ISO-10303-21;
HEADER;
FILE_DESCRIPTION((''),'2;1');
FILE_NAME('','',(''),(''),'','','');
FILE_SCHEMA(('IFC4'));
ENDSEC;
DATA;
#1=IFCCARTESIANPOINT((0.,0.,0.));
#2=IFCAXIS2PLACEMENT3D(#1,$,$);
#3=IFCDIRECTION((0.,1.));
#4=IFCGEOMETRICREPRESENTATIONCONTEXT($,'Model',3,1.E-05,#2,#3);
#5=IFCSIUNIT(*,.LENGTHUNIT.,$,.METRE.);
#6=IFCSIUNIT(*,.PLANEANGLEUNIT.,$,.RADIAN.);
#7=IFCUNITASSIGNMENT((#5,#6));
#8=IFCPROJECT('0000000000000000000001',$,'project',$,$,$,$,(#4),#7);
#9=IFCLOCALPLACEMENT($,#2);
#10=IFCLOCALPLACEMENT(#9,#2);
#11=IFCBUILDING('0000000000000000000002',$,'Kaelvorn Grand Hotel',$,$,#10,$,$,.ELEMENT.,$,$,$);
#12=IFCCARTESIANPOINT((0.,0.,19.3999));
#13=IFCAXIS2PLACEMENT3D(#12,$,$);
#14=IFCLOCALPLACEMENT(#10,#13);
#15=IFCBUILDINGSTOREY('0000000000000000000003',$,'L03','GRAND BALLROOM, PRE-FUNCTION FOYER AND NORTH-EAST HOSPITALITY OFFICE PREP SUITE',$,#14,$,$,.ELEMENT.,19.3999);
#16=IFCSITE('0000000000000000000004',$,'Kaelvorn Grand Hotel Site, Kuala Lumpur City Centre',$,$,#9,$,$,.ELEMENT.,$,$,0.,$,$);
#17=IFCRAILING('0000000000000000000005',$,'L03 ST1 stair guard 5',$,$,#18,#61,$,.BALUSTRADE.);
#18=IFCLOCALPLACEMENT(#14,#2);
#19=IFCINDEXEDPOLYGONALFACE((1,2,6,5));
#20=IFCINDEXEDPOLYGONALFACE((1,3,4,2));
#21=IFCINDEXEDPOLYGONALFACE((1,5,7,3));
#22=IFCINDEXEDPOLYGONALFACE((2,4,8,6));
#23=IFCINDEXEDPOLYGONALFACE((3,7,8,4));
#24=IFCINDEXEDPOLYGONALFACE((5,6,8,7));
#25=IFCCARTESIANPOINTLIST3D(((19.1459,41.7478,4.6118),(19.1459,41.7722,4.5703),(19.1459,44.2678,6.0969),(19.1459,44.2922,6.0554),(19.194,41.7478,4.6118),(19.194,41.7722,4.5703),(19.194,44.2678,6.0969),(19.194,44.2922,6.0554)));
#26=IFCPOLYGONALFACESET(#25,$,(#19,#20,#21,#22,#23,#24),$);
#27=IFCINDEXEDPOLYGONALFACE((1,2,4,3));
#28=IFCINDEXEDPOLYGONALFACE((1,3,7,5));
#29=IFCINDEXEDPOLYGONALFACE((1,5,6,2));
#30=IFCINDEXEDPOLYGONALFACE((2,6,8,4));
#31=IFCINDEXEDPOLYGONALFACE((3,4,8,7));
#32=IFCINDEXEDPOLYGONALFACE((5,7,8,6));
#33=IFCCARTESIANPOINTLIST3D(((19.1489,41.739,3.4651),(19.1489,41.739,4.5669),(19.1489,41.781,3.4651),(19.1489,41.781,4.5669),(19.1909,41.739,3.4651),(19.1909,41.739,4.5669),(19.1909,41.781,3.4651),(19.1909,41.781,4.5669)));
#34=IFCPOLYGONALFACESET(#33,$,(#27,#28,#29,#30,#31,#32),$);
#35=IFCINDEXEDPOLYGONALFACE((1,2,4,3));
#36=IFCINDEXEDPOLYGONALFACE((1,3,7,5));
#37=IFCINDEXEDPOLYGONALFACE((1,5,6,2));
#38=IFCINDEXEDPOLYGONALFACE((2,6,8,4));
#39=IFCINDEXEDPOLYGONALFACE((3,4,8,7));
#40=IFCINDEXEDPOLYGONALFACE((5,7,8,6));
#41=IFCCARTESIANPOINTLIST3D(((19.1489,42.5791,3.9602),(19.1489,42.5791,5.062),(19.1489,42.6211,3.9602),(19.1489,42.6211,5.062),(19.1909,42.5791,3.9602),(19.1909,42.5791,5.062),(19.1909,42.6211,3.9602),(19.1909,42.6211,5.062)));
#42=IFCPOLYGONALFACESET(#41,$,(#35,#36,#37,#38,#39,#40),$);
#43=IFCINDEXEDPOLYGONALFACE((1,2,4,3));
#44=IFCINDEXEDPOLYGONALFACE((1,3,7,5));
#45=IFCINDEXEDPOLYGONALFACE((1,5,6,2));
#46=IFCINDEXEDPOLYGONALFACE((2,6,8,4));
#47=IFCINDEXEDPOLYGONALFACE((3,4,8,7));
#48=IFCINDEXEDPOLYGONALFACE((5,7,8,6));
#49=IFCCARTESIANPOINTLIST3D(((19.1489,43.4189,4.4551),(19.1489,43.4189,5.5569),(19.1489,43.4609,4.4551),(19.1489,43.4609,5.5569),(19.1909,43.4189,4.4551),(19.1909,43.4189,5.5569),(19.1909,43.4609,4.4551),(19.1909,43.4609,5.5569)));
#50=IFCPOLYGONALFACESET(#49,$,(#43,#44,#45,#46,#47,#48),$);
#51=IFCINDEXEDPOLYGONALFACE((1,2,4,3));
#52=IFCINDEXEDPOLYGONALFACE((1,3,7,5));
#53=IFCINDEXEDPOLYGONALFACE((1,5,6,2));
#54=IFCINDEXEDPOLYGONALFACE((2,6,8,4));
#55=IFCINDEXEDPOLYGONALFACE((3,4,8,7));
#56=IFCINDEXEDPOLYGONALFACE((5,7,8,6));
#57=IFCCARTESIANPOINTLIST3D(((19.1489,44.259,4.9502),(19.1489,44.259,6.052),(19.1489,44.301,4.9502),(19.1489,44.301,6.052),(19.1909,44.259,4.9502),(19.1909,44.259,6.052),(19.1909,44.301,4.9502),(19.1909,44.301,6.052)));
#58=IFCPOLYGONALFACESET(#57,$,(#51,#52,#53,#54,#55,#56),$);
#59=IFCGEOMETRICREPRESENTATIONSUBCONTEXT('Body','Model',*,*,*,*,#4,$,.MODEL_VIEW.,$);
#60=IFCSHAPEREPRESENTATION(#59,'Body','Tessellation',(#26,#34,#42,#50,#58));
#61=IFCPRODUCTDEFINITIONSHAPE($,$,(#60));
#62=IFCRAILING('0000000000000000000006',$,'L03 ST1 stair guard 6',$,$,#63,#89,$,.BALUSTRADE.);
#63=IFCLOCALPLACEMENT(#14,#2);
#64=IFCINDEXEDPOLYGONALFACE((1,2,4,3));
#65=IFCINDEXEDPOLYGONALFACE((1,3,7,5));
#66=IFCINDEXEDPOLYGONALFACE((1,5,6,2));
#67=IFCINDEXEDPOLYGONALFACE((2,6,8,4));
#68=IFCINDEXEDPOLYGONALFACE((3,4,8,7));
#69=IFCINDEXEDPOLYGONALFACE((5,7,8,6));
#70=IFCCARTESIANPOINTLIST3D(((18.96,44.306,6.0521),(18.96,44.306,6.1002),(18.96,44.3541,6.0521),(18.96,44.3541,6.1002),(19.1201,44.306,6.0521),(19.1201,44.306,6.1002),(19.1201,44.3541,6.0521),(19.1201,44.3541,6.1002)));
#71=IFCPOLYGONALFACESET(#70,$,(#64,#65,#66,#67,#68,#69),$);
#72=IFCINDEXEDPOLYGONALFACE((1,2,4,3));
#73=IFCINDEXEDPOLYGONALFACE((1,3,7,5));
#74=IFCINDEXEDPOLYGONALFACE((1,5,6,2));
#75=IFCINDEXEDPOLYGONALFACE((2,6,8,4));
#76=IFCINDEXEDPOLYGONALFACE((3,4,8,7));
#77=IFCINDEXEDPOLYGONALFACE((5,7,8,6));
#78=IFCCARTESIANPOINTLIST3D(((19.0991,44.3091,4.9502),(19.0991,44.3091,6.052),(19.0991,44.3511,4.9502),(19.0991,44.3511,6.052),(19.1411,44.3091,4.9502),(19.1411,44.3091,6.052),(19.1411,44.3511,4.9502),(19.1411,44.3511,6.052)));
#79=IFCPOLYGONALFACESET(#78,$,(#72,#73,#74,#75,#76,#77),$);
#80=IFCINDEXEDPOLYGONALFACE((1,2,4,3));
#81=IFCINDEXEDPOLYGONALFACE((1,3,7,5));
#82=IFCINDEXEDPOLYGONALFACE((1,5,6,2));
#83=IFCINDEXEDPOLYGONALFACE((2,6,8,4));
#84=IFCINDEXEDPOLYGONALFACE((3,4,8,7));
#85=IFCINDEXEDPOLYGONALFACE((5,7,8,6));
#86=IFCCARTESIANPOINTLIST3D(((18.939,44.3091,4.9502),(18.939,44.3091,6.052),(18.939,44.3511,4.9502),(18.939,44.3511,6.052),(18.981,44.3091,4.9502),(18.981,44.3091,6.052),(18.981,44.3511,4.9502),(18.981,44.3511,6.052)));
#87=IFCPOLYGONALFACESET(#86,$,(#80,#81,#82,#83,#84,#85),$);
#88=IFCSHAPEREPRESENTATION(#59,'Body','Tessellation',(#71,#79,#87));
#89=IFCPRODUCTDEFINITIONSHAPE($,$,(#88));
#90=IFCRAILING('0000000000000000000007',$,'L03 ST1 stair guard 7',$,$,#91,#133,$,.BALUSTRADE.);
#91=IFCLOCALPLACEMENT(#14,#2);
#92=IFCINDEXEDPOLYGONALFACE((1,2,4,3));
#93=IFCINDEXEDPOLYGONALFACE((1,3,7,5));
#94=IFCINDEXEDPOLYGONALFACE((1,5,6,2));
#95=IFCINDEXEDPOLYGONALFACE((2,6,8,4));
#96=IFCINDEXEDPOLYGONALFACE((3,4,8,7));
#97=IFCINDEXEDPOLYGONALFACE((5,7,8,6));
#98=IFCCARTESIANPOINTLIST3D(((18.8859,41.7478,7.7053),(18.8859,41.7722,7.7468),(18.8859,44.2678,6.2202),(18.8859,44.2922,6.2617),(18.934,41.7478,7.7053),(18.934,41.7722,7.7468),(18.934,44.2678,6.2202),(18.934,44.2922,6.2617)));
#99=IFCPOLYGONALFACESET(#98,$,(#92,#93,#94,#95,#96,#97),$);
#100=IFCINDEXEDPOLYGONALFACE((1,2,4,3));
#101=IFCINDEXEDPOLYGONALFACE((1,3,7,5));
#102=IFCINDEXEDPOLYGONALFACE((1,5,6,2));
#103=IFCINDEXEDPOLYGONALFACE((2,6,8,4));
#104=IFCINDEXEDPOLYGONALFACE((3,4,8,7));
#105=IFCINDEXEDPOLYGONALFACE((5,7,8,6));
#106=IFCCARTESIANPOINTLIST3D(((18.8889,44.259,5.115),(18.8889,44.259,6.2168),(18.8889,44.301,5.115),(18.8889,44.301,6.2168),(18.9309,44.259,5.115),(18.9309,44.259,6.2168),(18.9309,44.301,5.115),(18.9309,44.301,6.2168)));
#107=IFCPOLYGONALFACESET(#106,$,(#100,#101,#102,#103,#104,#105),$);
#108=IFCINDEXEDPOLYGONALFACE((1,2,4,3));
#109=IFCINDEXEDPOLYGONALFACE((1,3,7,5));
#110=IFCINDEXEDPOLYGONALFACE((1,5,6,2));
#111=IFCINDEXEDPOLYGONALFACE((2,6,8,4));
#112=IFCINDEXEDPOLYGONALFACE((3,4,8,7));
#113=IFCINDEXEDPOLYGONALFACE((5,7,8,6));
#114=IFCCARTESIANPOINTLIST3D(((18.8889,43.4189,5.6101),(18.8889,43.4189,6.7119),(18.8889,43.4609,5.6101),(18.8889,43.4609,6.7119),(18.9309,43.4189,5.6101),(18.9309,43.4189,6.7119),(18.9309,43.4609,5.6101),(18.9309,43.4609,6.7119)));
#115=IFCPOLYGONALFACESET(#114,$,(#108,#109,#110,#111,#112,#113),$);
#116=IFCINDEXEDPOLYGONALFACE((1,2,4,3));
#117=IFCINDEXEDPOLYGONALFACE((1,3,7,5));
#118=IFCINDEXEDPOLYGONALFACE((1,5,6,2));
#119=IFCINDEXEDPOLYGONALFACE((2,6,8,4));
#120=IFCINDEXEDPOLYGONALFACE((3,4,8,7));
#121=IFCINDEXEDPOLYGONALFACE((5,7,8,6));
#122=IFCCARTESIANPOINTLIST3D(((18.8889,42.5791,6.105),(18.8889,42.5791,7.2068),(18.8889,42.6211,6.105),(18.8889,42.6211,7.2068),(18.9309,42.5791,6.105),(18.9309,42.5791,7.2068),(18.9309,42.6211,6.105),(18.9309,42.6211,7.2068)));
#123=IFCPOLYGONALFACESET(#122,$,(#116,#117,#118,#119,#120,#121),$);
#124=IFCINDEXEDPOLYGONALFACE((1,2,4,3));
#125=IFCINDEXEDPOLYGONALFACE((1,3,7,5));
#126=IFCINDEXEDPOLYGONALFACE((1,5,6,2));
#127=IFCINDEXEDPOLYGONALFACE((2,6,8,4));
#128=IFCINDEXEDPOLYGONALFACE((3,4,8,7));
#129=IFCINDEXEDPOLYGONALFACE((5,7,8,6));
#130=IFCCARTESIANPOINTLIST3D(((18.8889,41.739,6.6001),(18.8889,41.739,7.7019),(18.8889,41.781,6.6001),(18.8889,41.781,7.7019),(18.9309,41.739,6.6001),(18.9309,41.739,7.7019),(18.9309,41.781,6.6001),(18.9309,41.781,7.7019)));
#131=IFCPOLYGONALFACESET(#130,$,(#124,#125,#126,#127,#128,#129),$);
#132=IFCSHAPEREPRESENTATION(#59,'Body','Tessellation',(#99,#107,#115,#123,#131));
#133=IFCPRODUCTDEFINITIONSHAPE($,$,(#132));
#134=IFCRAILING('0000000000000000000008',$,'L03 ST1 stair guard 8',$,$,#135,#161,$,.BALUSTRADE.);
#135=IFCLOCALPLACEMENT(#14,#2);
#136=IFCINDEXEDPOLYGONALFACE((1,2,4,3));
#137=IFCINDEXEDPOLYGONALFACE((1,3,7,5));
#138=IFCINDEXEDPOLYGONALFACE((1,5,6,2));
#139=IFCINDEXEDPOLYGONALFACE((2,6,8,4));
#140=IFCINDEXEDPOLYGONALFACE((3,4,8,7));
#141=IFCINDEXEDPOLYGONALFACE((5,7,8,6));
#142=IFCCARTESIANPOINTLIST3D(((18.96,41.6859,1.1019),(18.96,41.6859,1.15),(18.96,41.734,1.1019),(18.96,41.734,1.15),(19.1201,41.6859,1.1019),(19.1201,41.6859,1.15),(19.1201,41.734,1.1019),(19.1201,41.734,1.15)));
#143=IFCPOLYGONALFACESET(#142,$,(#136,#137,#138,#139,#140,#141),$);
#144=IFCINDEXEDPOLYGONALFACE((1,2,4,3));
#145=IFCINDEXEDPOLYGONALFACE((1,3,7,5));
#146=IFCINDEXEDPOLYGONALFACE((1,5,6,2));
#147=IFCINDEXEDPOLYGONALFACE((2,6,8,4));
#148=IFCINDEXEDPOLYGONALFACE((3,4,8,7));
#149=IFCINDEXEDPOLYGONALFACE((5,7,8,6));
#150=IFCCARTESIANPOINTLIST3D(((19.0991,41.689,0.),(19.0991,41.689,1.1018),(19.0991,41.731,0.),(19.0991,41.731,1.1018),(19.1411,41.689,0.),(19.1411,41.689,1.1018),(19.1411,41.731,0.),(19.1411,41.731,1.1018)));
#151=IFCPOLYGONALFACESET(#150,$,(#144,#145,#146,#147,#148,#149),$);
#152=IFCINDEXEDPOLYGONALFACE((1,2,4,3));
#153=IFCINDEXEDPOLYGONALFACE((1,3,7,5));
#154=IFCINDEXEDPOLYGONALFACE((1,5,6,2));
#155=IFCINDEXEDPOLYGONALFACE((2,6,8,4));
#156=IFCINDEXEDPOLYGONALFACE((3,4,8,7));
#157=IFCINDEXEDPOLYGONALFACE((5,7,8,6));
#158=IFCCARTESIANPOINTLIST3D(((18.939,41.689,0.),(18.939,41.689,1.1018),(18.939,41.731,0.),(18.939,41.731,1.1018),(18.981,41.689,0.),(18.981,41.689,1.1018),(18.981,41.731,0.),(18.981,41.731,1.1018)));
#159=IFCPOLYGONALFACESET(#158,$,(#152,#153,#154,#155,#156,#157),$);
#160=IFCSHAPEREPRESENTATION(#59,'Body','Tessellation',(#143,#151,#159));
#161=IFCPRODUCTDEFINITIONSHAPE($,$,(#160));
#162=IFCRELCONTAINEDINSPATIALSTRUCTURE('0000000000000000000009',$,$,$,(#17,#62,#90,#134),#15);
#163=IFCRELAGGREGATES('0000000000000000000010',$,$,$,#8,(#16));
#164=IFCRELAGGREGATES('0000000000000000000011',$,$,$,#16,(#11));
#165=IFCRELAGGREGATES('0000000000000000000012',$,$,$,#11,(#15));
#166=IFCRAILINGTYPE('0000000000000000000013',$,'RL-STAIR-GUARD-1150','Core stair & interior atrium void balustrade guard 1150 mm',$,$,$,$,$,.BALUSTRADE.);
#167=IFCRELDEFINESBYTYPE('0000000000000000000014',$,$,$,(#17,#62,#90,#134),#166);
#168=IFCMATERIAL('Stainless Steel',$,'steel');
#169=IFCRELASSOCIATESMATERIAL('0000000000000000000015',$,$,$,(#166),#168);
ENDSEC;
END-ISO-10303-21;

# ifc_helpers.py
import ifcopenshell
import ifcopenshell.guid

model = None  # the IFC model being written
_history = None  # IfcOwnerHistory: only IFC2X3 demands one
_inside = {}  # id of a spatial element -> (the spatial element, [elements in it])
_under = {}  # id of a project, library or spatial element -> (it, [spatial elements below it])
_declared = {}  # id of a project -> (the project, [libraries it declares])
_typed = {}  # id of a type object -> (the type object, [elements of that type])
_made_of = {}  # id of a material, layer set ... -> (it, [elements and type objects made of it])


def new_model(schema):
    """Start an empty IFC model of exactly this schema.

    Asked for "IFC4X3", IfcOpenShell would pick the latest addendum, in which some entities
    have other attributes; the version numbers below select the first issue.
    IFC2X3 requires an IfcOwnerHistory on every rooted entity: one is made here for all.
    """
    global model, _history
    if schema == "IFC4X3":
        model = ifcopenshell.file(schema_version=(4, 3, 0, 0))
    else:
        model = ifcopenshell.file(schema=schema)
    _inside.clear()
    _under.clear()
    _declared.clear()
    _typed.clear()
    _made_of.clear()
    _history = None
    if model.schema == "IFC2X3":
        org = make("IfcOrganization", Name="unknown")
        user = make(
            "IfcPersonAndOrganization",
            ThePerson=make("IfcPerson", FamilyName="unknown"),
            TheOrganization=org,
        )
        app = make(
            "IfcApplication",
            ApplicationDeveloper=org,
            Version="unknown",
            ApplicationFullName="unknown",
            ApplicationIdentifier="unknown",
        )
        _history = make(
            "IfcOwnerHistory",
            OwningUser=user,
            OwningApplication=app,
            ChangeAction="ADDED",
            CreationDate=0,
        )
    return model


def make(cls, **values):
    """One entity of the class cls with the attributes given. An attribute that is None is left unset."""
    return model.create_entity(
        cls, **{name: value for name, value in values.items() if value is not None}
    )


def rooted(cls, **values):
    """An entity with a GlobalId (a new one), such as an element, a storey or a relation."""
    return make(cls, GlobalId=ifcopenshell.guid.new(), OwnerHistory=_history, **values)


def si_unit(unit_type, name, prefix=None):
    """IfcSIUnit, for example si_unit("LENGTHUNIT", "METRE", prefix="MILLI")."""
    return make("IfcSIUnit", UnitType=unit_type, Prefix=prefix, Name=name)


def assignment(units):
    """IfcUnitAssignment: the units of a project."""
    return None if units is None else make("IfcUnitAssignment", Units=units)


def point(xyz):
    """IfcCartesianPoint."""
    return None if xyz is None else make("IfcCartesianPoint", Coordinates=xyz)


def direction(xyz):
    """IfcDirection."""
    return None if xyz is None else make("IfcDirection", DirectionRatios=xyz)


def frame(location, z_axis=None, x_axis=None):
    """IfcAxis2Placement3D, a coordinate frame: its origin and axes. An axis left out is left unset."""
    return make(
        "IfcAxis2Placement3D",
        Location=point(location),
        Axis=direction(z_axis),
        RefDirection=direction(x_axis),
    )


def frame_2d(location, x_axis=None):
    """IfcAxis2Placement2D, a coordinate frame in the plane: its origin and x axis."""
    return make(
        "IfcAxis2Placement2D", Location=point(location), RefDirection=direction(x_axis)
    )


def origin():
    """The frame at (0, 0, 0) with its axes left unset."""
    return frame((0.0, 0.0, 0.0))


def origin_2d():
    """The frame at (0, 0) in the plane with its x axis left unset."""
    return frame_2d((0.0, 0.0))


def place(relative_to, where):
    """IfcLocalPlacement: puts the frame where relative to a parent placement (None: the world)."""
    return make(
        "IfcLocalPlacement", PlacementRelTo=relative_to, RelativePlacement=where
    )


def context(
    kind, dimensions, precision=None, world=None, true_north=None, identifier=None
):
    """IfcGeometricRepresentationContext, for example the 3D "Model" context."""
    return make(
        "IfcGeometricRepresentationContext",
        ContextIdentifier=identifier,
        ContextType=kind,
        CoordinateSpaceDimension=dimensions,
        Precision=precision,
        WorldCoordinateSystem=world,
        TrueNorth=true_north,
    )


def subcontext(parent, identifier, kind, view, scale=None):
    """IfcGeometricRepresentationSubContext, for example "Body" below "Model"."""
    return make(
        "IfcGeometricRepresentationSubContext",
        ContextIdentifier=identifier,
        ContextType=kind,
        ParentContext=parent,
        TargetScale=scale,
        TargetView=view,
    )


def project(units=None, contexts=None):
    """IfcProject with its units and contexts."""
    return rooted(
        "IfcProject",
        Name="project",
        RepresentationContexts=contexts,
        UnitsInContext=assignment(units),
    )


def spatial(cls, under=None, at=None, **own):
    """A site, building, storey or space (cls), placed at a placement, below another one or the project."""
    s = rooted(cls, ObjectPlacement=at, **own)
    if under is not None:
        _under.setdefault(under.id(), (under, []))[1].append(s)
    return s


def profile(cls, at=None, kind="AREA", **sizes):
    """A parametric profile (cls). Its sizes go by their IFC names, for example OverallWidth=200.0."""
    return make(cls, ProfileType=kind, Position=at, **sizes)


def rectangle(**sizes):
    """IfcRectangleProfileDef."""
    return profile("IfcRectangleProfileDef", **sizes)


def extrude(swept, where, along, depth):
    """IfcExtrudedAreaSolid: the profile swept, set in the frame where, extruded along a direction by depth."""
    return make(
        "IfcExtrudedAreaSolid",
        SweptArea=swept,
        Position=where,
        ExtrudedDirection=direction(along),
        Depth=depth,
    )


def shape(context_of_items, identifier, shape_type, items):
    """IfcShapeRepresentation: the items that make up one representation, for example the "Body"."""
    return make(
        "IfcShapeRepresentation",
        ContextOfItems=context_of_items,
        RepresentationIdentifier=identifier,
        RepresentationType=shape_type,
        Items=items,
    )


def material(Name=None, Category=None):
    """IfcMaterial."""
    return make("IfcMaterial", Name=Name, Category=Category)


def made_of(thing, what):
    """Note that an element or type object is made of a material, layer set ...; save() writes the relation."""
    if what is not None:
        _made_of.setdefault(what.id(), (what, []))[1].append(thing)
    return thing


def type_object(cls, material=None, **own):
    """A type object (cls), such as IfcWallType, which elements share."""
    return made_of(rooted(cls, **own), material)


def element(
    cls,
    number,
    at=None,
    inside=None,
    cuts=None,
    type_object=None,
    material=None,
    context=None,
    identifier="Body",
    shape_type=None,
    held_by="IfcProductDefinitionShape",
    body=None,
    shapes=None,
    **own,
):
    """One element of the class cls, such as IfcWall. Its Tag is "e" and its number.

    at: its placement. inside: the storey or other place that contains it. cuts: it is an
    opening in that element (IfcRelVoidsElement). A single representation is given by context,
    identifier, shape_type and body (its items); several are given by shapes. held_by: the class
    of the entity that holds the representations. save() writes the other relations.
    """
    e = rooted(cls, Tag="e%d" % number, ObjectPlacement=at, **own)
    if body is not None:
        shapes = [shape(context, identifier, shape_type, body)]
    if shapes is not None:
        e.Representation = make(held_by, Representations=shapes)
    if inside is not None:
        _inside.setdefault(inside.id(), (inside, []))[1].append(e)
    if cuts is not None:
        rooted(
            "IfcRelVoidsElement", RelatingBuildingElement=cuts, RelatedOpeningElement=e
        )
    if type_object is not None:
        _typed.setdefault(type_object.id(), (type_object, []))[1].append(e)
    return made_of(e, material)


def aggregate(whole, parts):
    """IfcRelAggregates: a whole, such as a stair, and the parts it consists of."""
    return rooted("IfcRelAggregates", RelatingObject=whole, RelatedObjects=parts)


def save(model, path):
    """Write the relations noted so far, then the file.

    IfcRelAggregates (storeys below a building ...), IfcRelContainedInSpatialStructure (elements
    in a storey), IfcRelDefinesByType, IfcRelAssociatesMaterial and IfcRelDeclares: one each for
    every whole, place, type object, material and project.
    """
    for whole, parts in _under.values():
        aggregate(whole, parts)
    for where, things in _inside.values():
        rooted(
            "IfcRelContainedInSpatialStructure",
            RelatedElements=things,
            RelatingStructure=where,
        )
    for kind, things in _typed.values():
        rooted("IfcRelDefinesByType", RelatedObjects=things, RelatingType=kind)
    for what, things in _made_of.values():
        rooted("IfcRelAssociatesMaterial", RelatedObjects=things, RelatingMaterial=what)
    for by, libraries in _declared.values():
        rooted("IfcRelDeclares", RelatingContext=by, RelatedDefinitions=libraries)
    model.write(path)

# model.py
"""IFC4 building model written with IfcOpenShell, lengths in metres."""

from ifc_helpers import new_model, si_unit, direction, frame, origin, origin_2d, place, context, subcontext, project, spatial, rectangle, extrude, material, type_object, element, save


model = new_model("IFC4")

# Units and contexts
model_context = context("Model", 3, precision=1e-05, world=origin(), true_north=direction((0.0, 1.0)))
body_context = subcontext(model_context, "Body", "Model", "MODEL_VIEW")
ifc_project = project(units=[si_unit("LENGTHUNIT", "METRE"), si_unit("PLANEANGLEUNIT", "RADIAN")], contexts=[model_context])

# Site, building, storey
site_placement = place(None, origin())
site = spatial("IfcSite", under=ifc_project, at=site_placement, Name="Kaelvorn Grand Hotel Site, Kuala Lumpur City Centre", CompositionType="ELEMENT", RefElevation=0.0)
building_placement = place(site_placement, origin())
building = spatial("IfcBuilding", under=site, at=building_placement, Name="Kaelvorn Grand Hotel", CompositionType="ELEMENT")
storey_placement = place(building_placement, frame((0.0, 0.0, 19.3999)))
storey = spatial("IfcBuildingStorey", under=building, at=storey_placement, Name="L03", Description="GRAND BALLROOM, PRE-FUNCTION FOYER AND NORTH-EAST HOSPITALITY OFFICE PREP SUITE", CompositionType="ELEMENT", Elevation=19.3999)

# Railings
ifc_material_1 = material(Name="Stainless Steel", Category="steel")
railing_type_1 = type_object("IfcRailingType", Name="RL-STAIR-GUARD-1150", Description="Core stair & interior atrium void balustrade guard 1150 mm", PredefinedType="BALUSTRADE", material=ifc_material_1)
railing_1_placement = place(storey_placement, frame((19.1699, 41.76, 3.4651)))
element("IfcRailing", 1, at=railing_1_placement, inside=storey, type_object=railing_type_1, Name="L03 ST1 stair guard 5", PredefinedType="BALUSTRADE", context=body_context, shape_type="SweptSolid", body=[
    extrude(rectangle(XDim=0.0481, YDim=0.0481, at=origin_2d()), frame((0.0, 0.0, 1.126), z_axis=(0.0, 0.861524, 0.507717), x_axis=(-1.0, 0.0, 0.0)), (0.0, 0.0, 1.0), 2.925),
    extrude(rectangle(XDim=0.042, YDim=0.042, at=origin_2d()), origin(), (0.0, 0.0, 1.0), 1.1018),
    extrude(rectangle(XDim=0.042, YDim=0.042, at=origin_2d()), frame((0.0, 0.8401, 0.4951)), (0.0, 0.0, 1.0), 1.1018),
    extrude(rectangle(XDim=0.042, YDim=0.042, at=origin_2d()), frame((0.0, 1.6799, 0.99)), (0.0, 0.0, 1.0), 1.1018),
    extrude(rectangle(XDim=0.042, YDim=0.042, at=origin_2d()), frame((0.0, 2.52, 1.4851)), (0.0, 0.0, 1.0), 1.1018),
])
railing_2_placement = place(storey_placement, frame((19.1201, 44.3301, 4.9502)))
element("IfcRailing", 2, at=railing_2_placement, inside=storey, type_object=railing_type_1, Name="L03 ST1 stair guard 6", PredefinedType="BALUSTRADE", context=body_context, shape_type="SweptSolid", body=[
    extrude(rectangle(XDim=0.0481, YDim=0.0481, at=origin_2d()), frame((0.0, 0.0, 1.126), z_axis=(-1.0, 0.0, 0.0), x_axis=(0.0, -1.0, 0.0)), (0.0, 0.0, 1.0), 0.1602),
    extrude(rectangle(XDim=0.042, YDim=0.042, at=origin_2d()), origin(), (0.0, 0.0, 1.0), 1.1018),
    extrude(rectangle(XDim=0.042, YDim=0.042, at=origin_2d()), frame((-0.1602, 0.0, 0.0)), (0.0, 0.0, 1.0), 1.1018),
])
railing_3_placement = place(storey_placement, frame((18.9099, 44.28, 5.115)))
element("IfcRailing", 3, at=railing_3_placement, inside=storey, type_object=railing_type_1, Name="L03 ST1 stair guard 7", PredefinedType="BALUSTRADE", context=body_context, shape_type="SweptSolid", body=[
    extrude(rectangle(XDim=0.0481, YDim=0.0481, at=origin_2d()), frame((0.0, 0.0, 1.126), z_axis=(0.0, -0.861524, 0.507717), x_axis=(1.0, 0.0, 0.0)), (0.0, 0.0, 1.0), 2.925),
    extrude(rectangle(XDim=0.042, YDim=0.042, at=origin_2d()), origin(), (0.0, 0.0, 1.0), 1.1018),
    extrude(rectangle(XDim=0.042, YDim=0.042, at=origin_2d()), frame((0.0, -0.8401, 0.4951)), (0.0, 0.0, 1.0), 1.1018),
    extrude(rectangle(XDim=0.042, YDim=0.042, at=origin_2d()), frame((0.0, -1.6799, 0.99)), (0.0, 0.0, 1.0), 1.1018),
    extrude(rectangle(XDim=0.042, YDim=0.042, at=origin_2d()), frame((0.0, -2.52, 1.4851)), (0.0, 0.0, 1.0), 1.1018),
])
railing_4_placement = place(storey_placement, frame((19.1201, 41.71, 0.0)))
element("IfcRailing", 4, at=railing_4_placement, inside=storey, type_object=railing_type_1, Name="L03 ST1 stair guard 8", PredefinedType="BALUSTRADE", context=body_context, shape_type="SweptSolid", body=[
    extrude(rectangle(XDim=0.0481, YDim=0.0481, at=origin_2d()), frame((0.0, 0.0, 1.126), z_axis=(-1.0, 0.0, 0.0), x_axis=(0.0, -1.0, 0.0)), (0.0, 0.0, 1.0), 0.1602),
    extrude(rectangle(XDim=0.042, YDim=0.042, at=origin_2d()), origin(), (0.0, 0.0, 1.0), 1.1018),
    extrude(rectangle(XDim=0.042, YDim=0.042, at=origin_2d()), frame((-0.1602, 0.0, 0.0)), (0.0, 0.0, 1.0), 1.1018),
])

save(model, "model.ifc")
